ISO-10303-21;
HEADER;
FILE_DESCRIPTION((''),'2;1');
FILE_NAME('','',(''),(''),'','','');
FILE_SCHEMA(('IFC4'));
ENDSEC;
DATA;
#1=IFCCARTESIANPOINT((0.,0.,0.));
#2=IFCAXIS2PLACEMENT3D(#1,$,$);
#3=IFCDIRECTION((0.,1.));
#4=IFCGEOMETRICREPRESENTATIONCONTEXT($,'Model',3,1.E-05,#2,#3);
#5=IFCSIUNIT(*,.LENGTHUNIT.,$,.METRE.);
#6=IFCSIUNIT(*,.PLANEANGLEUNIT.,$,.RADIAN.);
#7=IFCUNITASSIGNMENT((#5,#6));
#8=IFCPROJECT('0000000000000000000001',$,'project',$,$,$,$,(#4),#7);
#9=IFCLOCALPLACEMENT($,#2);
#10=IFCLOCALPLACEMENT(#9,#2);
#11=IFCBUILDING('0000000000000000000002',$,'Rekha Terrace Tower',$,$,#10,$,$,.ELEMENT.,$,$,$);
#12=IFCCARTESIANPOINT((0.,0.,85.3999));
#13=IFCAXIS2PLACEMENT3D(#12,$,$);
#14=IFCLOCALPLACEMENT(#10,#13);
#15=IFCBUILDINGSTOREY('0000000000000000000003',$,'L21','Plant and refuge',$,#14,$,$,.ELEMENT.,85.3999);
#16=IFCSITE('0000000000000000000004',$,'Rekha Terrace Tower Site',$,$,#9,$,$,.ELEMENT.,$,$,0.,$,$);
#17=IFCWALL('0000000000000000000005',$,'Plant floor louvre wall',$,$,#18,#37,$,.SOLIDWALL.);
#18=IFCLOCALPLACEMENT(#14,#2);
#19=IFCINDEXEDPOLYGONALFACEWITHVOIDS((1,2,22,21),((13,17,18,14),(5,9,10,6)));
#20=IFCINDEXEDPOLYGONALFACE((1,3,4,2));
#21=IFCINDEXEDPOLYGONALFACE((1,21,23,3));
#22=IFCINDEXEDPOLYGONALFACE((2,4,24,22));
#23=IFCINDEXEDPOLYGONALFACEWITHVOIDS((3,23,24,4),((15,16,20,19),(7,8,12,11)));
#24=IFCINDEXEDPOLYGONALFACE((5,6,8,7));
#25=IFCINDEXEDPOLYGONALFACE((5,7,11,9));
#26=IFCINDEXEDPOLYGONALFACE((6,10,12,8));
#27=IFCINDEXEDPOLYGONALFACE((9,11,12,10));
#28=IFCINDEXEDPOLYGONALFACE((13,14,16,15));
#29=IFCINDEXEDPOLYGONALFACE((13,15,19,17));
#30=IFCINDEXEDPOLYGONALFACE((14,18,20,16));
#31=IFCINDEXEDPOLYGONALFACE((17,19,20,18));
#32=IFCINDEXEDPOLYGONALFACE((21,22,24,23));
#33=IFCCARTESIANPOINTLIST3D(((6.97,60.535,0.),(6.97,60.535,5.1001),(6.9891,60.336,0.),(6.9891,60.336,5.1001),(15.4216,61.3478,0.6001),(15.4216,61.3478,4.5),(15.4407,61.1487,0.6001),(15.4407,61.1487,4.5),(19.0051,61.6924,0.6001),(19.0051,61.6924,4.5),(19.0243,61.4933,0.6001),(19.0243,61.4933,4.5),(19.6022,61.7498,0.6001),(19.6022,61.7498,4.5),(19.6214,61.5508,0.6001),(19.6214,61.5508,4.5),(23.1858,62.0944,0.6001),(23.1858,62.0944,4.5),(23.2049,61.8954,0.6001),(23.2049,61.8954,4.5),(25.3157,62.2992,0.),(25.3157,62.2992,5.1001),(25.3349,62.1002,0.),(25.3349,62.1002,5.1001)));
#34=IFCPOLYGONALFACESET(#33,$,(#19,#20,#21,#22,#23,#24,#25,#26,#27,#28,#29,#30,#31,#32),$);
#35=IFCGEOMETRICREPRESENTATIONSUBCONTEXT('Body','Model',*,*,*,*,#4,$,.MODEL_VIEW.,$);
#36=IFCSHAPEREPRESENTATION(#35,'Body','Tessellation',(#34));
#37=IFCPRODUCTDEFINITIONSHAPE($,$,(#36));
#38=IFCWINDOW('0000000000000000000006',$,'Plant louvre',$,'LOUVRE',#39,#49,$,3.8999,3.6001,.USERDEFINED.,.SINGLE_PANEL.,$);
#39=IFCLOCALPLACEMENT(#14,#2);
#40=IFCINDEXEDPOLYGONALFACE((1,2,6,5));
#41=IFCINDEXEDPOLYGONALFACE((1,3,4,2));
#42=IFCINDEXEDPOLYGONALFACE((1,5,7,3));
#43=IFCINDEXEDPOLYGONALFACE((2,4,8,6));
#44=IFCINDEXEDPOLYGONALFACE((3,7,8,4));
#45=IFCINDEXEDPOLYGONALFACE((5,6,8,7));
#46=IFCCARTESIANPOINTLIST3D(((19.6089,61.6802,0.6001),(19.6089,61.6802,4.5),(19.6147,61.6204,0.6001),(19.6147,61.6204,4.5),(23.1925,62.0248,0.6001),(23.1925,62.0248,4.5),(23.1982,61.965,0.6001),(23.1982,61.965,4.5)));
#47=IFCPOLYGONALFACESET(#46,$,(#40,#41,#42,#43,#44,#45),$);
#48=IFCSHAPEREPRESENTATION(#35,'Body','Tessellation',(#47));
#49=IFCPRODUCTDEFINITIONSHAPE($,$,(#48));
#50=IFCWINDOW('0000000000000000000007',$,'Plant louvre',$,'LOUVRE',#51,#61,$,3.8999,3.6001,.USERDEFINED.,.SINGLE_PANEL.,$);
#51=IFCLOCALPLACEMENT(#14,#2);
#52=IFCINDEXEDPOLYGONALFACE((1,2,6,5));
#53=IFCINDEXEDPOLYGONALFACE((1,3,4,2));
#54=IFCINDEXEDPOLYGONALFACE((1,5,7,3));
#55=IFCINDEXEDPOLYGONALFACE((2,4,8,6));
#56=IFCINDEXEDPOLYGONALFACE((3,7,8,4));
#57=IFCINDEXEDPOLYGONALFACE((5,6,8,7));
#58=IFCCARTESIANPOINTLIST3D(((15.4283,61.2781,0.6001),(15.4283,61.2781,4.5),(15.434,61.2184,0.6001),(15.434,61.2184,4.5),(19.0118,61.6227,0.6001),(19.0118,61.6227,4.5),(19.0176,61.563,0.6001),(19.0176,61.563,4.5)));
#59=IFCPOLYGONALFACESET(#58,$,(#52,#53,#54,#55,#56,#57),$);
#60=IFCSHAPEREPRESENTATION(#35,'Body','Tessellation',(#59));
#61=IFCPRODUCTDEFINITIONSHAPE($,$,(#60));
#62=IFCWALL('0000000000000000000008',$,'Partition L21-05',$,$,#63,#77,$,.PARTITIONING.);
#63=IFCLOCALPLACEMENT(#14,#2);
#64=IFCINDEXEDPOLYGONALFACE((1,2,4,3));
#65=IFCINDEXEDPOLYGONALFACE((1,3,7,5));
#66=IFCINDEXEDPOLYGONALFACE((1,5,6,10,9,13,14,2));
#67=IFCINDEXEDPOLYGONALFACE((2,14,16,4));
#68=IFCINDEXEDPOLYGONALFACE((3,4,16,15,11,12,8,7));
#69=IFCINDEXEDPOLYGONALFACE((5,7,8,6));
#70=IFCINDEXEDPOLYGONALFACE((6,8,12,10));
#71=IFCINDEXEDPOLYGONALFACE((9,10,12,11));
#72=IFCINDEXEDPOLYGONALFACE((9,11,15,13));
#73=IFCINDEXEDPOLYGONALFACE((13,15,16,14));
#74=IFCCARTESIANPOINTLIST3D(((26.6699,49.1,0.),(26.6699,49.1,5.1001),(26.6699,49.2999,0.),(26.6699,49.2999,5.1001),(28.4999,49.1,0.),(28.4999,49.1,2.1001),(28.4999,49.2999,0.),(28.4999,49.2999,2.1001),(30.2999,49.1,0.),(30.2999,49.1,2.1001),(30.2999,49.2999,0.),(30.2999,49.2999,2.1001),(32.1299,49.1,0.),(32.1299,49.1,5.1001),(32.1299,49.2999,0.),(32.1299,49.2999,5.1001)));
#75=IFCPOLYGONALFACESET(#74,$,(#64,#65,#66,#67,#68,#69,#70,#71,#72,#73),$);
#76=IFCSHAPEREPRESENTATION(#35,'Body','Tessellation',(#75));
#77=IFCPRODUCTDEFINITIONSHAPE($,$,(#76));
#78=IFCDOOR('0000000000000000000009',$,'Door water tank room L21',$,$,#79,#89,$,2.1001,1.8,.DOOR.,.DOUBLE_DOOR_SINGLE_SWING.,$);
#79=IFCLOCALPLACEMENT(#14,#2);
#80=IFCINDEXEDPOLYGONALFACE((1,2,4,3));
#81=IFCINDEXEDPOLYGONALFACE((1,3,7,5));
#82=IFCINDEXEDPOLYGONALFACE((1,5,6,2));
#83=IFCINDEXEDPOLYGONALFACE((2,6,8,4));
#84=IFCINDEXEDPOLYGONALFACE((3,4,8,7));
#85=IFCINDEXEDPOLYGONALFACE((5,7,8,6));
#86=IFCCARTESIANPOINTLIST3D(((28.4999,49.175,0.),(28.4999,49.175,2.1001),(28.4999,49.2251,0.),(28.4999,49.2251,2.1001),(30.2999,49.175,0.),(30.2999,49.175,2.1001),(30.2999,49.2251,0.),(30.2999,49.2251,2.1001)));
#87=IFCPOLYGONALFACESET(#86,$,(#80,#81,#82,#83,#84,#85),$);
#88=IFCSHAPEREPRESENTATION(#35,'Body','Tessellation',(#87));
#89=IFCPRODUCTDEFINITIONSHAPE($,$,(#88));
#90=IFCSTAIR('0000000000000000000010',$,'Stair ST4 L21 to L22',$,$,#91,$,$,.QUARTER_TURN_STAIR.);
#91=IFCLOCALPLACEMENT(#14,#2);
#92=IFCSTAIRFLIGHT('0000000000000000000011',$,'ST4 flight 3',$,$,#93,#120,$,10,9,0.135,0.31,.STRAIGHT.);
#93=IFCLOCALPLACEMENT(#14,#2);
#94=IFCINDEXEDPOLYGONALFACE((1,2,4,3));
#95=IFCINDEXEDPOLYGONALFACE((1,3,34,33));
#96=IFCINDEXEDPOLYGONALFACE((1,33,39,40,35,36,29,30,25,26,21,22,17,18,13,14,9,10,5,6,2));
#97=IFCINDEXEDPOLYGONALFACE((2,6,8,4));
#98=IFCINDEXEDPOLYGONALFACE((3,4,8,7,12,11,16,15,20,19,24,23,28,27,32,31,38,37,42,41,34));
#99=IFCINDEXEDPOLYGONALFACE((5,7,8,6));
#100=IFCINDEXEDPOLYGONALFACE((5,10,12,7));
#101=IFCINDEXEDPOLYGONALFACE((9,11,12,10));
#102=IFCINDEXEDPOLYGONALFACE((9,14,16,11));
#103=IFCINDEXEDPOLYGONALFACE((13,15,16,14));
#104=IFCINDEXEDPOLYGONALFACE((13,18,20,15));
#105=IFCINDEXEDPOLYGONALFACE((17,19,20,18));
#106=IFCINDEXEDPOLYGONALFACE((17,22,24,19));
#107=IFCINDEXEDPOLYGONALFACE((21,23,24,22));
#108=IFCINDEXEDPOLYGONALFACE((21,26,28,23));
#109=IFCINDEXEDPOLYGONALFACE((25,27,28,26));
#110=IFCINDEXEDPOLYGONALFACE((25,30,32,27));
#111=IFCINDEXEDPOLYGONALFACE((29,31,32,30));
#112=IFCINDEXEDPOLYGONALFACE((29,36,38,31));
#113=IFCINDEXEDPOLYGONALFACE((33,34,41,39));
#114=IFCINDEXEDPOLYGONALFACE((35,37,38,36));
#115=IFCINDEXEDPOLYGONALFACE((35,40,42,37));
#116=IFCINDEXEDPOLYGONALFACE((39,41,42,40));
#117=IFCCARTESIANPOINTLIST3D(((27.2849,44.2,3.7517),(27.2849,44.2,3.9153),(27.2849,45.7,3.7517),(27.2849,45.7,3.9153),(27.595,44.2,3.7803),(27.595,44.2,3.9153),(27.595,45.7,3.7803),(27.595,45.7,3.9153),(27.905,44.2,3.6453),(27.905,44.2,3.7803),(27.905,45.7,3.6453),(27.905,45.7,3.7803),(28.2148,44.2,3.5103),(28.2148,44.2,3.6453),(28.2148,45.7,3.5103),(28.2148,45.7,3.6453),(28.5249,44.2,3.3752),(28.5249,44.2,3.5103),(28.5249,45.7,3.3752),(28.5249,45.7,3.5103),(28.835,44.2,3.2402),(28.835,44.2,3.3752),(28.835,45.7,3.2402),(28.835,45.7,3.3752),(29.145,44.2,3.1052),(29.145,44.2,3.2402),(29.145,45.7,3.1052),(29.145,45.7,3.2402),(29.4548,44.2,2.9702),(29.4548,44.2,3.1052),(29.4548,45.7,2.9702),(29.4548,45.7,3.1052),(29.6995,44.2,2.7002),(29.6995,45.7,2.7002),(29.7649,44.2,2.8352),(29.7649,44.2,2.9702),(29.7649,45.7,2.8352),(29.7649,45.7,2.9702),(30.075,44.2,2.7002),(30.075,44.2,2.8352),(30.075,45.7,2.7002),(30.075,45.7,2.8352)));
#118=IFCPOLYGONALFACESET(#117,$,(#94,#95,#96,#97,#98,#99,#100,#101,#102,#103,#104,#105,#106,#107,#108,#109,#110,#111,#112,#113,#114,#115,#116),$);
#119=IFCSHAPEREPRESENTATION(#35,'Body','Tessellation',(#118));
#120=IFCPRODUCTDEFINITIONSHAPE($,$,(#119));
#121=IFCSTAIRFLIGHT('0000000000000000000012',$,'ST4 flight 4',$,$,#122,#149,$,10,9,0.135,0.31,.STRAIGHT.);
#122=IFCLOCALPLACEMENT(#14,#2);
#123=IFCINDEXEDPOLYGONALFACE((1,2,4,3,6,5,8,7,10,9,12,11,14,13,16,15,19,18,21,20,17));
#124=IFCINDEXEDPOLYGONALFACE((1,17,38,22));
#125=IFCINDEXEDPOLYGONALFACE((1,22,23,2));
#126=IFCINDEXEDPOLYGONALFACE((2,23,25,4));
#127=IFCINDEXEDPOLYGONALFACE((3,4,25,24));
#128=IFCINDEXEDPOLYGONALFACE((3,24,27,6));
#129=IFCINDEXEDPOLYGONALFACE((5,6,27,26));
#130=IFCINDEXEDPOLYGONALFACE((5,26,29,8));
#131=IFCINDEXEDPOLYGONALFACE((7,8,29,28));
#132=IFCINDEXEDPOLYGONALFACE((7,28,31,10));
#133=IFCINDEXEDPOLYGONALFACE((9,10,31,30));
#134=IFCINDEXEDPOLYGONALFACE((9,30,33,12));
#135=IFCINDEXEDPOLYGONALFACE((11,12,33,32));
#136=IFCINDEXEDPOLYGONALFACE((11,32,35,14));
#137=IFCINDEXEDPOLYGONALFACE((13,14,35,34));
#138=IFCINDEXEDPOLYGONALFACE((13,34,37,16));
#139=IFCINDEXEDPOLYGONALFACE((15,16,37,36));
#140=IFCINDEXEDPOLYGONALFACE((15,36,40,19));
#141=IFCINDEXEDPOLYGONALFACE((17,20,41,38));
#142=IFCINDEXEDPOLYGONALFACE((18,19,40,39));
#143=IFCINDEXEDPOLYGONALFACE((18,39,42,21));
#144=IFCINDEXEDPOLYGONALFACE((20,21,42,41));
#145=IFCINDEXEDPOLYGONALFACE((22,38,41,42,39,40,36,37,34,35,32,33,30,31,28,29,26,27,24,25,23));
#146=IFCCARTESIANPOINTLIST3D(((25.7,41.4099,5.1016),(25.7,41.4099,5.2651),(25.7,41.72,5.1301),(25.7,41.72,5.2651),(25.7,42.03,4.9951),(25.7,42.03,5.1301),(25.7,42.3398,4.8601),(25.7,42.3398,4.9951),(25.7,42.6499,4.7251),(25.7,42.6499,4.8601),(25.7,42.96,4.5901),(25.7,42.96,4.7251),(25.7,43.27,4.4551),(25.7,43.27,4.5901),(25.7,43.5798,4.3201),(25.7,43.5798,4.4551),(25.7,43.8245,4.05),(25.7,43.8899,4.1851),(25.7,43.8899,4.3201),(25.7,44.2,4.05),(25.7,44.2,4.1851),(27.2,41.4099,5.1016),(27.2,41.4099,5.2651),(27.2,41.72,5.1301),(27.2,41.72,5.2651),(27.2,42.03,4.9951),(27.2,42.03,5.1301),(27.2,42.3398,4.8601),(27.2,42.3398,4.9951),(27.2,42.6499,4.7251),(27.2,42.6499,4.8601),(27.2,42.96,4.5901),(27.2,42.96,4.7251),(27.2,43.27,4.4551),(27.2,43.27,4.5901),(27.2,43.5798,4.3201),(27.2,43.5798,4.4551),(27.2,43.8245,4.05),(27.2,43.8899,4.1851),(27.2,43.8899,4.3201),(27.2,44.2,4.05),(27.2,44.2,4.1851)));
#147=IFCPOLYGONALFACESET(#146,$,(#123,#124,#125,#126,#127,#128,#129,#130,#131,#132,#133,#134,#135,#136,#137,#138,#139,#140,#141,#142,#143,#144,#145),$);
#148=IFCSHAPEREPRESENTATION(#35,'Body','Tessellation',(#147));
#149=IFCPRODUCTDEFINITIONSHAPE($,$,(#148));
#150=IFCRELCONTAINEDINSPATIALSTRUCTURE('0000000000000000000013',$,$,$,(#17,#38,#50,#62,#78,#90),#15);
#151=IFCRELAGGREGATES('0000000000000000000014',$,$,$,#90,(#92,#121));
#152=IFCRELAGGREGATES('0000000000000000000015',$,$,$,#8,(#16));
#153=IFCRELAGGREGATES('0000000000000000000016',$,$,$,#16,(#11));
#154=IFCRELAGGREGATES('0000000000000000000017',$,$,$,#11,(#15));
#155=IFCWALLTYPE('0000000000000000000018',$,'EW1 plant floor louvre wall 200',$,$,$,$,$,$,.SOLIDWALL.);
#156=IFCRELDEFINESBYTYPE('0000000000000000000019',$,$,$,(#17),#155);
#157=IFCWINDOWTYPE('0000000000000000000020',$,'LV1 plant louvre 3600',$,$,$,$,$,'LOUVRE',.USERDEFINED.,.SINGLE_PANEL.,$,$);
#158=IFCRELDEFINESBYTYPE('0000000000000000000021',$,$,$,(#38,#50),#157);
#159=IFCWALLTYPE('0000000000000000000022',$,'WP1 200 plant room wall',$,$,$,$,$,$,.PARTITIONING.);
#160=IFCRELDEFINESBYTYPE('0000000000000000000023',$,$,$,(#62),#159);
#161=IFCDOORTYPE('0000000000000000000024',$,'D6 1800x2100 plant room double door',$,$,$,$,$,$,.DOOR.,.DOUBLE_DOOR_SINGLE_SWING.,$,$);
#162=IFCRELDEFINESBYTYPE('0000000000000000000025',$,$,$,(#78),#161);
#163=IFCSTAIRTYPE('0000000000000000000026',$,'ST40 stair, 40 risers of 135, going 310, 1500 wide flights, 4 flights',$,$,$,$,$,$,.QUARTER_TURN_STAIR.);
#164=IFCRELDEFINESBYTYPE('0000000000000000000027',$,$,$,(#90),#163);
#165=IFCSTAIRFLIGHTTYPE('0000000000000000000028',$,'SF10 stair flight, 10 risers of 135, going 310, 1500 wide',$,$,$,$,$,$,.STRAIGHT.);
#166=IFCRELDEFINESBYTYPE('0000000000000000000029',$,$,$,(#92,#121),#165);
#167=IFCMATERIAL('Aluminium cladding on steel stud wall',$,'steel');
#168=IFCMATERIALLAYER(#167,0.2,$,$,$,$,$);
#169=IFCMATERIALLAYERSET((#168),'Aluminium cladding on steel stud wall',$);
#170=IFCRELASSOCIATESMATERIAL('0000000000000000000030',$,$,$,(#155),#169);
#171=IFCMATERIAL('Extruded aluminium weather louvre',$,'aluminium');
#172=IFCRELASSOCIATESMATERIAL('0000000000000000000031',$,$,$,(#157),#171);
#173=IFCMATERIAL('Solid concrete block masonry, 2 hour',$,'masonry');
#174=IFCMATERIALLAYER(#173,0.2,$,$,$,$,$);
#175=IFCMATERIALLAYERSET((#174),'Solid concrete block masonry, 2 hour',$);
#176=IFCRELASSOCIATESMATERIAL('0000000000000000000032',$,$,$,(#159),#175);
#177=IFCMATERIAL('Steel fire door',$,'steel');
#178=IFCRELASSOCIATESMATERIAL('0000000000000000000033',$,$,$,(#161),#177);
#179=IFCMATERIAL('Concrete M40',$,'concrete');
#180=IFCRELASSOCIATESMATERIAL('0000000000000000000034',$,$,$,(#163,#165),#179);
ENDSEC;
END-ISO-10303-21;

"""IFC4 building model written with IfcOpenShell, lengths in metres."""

from ifc_helpers import new_model, si_unit, direction, frame, frame_2d, origin, place, context, subcontext, project, spatial, polyline, rectangle, outline, extrude, material, layer, layer_set, type_object, element, fill, aggregate, save


model = new_model("IFC4")

# Units and contexts
model_context = context("Model", 3, precision=1e-05, world=origin(), true_north=direction((0.0, 1.0)))
body_context = subcontext(model_context, "Body", "Model", "MODEL_VIEW")
ifc_project = project(units=[si_unit("LENGTHUNIT", "METRE"), si_unit("PLANEANGLEUNIT", "RADIAN")], contexts=[model_context])

# Site, building, storey
site_placement = place(None, origin())
site = spatial("IfcSite", under=ifc_project, at=site_placement, Name="Rekha Terrace Tower Site", CompositionType="ELEMENT", RefElevation=0.0)
building_placement = place(site_placement, origin())
building = spatial("IfcBuilding", under=site, at=building_placement, Name="Rekha Terrace Tower", CompositionType="ELEMENT")
storey_placement = place(building_placement, frame((0.0, 0.0, 85.3999)))
storey = spatial("IfcBuildingStorey", under=building, at=storey_placement, Name="L21", Description="Plant and refuge", CompositionType="ELEMENT", Elevation=85.3999)

# Wall, openings, windows
ifc_material_1 = material(Name="Aluminium cladding on steel stud wall", Category="steel")
ifc_layer_1 = layer(ifc_material_1, 0.2)
ifc_layer_set_1 = layer_set([ifc_layer_1], Name="Aluminium cladding on steel stud wall")
wall_type_1 = type_object("IfcWallType", Name="EW1 plant floor louvre wall 200", PredefinedType="SOLIDWALL", material=ifc_layer_set_1)
wall_1_placement = place(storey_placement, frame((25.3254, 62.1997, 0.0), z_axis=(0.0, 0.0, 1.0), x_axis=(-0.995408, -0.09572, 0.0)))
wall_1 = element("IfcWall", 1, at=wall_1_placement, inside=storey, type_object=wall_type_1, Name="Plant floor louvre wall", PredefinedType="SOLIDWALL", context=body_context, shape_type="SweptSolid", body=[
    extrude(rectangle(XDim=18.4304, YDim=0.2, at=frame_2d((9.2153, 0.0))), origin(), (0.0, 0.0, 1.0), 5.1001),
])
opening_1_placement = place(wall_1_placement, frame((2.1399, 0.0, 0.6001)))
opening_1 = element("IfcOpeningElement", 2, at=opening_1_placement, cuts=wall_1, PredefinedType="OPENING", context=body_context, shape_type="SweptSolid", body=[
    extrude(rectangle(XDim=3.6001, YDim=3.8999, at=frame_2d((1.8, 1.95))), frame((0.0, 0.1099, 0.0), z_axis=(0.0, -1.0, 0.0), x_axis=(1.0, 0.0, 0.0)), (0.0, 0.0, 1.0), 0.22),
])
opening_2_placement = place(wall_1_placement, frame((6.3398, 0.0, 0.6001)))
opening_2 = element("IfcOpeningElement", 3, at=opening_2_placement, cuts=wall_1, PredefinedType="OPENING", context=body_context, shape_type="SweptSolid", body=[
    extrude(rectangle(XDim=3.6001, YDim=3.8999, at=frame_2d((1.8, 1.95))), frame((0.0, 0.1099, 0.0), z_axis=(0.0, -1.0, 0.0), x_axis=(1.0, 0.0, 0.0)), (0.0, 0.0, 1.0), 0.22),
])
ifc_material_2 = material(Name="Extruded aluminium weather louvre", Category="aluminium")
window_type = type_object("IfcWindowType", Name="LV1 plant louvre 3600", ElementType="LOUVRE", PartitioningType="SINGLE_PANEL", PredefinedType="USERDEFINED", material=ifc_material_2)
window_1_placement = place(opening_1_placement, origin())
window_1 = element("IfcWindow", 4, at=window_1_placement, inside=storey, type_object=window_type, Name="Plant louvre", ObjectType="LOUVRE", OverallHeight=3.8999, OverallWidth=3.6001, PartitioningType="SINGLE_PANEL", PredefinedType="USERDEFINED", context=body_context, shape_type="SweptSolid", body=[
    extrude(rectangle(XDim=3.6001, YDim=3.8999, at=frame_2d((1.8, 1.95))), frame((0.0, 0.03, 0.0), z_axis=(0.0, -1.0, 0.0), x_axis=(1.0, 0.0, 0.0)), (0.0, 0.0, 1.0), 0.0601),
])
fill(opening_1, window_1)
window_2_placement = place(opening_2_placement, origin())
window_2 = element("IfcWindow", 5, at=window_2_placement, inside=storey, type_object=window_type, Name="Plant louvre", ObjectType="LOUVRE", OverallHeight=3.8999, OverallWidth=3.6001, PartitioningType="SINGLE_PANEL", PredefinedType="USERDEFINED", context=body_context, shape_type="SweptSolid", body=[
    extrude(rectangle(XDim=3.6001, YDim=3.8999, at=frame_2d((1.8, 1.95))), frame((0.0, 0.03, 0.0), z_axis=(0.0, -1.0, 0.0), x_axis=(1.0, 0.0, 0.0)), (0.0, 0.0, 1.0), 0.0601),
])
fill(opening_2, window_2)

# Wall, opening, door
ifc_material_3 = material(Name="Solid concrete block masonry, 2 hour", Category="masonry")
ifc_layer_2 = layer(ifc_material_3, 0.2)
ifc_layer_set_2 = layer_set([ifc_layer_2], Name="Solid concrete block masonry, 2 hour")
wall_type_2 = type_object("IfcWallType", Name="WP1 200 plant room wall", PredefinedType="PARTITIONING", material=ifc_layer_set_2)
wall_2_placement = place(storey_placement, frame((32.1299, 49.2, 0.0), z_axis=(0.0, 0.0, 1.0), x_axis=(-1.0, 0.0, 0.0)))
wall_2 = element("IfcWall", 6, at=wall_2_placement, inside=storey, type_object=wall_type_2, Name="Partition L21-05", PredefinedType="PARTITIONING", context=body_context, shape_type="SweptSolid", body=[
    extrude(rectangle(XDim=5.46, YDim=0.2, at=frame_2d((2.73, 0.0))), origin(), (0.0, 0.0, 1.0), 5.1001),
])
opening_3_placement = place(wall_2_placement, frame((1.8301, 0.0, 0.0)))
opening_3 = element("IfcOpeningElement", 7, at=opening_3_placement, cuts=wall_2, PredefinedType="OPENING", context=body_context, shape_type="SweptSolid", body=[
    extrude(rectangle(XDim=1.8, YDim=2.1001, at=frame_2d((0.8999, 1.05))), frame((0.0, 0.1099, 0.0), z_axis=(0.0, -1.0, 0.0), x_axis=(1.0, 0.0, 0.0)), (0.0, 0.0, 1.0), 0.22),
])
ifc_material_4 = material(Name="Steel fire door", Category="steel")
door_type = type_object("IfcDoorType", Name="D6 1800x2100 plant room double door", OperationType="DOUBLE_DOOR_SINGLE_SWING", PredefinedType="DOOR", material=ifc_material_4)
door_placement = place(opening_3_placement, origin())
door = element("IfcDoor", 8, at=door_placement, inside=storey, type_object=door_type, Name="Door water tank room L21", OperationType="DOUBLE_DOOR_SINGLE_SWING", OverallHeight=2.1001, OverallWidth=1.8, PredefinedType="DOOR", context=body_context, shape_type="SweptSolid", body=[
    extrude(rectangle(XDim=1.8, YDim=2.1001, at=frame_2d((0.8999, 1.05))), frame((0.0, 0.0249, 0.0), z_axis=(0.0, -1.0, 0.0), x_axis=(1.0, 0.0, 0.0)), (0.0, 0.0, 1.0), 0.05),
])
fill(opening_3, door)

# Stair, stair flights
ifc_material_5 = material(Name="Concrete M40", Category="concrete")
stair_type = type_object("IfcStairType", Name="ST40 stair, 40 risers of 135, going 310, 1500 wide flights, 4 flights", PredefinedType="QUARTER_TURN_STAIR", material=ifc_material_5)
stair_placement = place(storey_placement, origin())
stair = element("IfcStair", 9, at=stair_placement, inside=storey, type_object=stair_type, Name="Stair ST4 L21 to L22", PredefinedType="QUARTER_TURN_STAIR")
stair_flight_type = type_object("IfcStairFlightType", Name="SF10 stair flight, 10 risers of 135, going 310, 1500 wide", PredefinedType="STRAIGHT", material=ifc_material_5)
stair_flight_1_placement = place(storey_placement, frame((30.075, 44.95, 2.7002), z_axis=(0.0, 0.0, 1.0), x_axis=(-1.0, 0.0, 0.0)))
stair_flight_1 = element("IfcStairFlight", 10, at=stair_flight_1_placement, type_object=stair_flight_type, Name="ST4 flight 3", NumberOfRisers=10, NumberOfTreads=9, PredefinedType="STRAIGHT", RiserHeight=0.135, TreadLength=0.31, context=body_context, shape_type="SweptSolid", body=[
    extrude(outline(polyline([(0.0, 0.0), (0.0, 0.135), (0.3101, 0.135), (0.3101, 0.27), (0.6201, 0.27), (0.6201, 0.405), (0.9299, 0.405), (0.9299, 0.54), (1.24, 0.54), (1.24, 0.675), (1.55, 0.675), (1.55, 0.8101), (1.8601, 0.8101), (1.8601, 0.9451), (2.1699, 0.9451), (2.1699, 1.0801), (2.48, 1.0801), (2.48, 1.2151), (2.79, 1.2151), (2.79, 1.3501), (2.79, 1.0515), (0.3755, 0.0), (0.0, 0.0)])), frame((0.0, 0.75, 0.0), z_axis=(0.0, -1.0, 0.0), x_axis=(1.0, 0.0, 0.0)), (0.0, 0.0, 1.0), 1.5),
])
stair_flight_2_placement = place(storey_placement, frame((26.45, 44.2, 4.05), z_axis=(0.0, 0.0, 1.0), x_axis=(0.0, -1.0, 0.0)))
stair_flight_2 = element("IfcStairFlight", 11, at=stair_flight_2_placement, type_object=stair_flight_type, Name="ST4 flight 4", NumberOfRisers=10, NumberOfTreads=9, PredefinedType="STRAIGHT", RiserHeight=0.135, TreadLength=0.31, context=body_context, shape_type="SweptSolid", body=[
    extrude(outline(polyline([(0.0, 0.0), (0.0, 0.135), (0.3101, 0.135), (0.3101, 0.27), (0.6201, 0.27), (0.6201, 0.405), (0.9299, 0.405), (0.9299, 0.54), (1.24, 0.54), (1.24, 0.675), (1.55, 0.675), (1.55, 0.8101), (1.8601, 0.8101), (1.8601, 0.9451), (2.1699, 0.9451), (2.1699, 1.0801), (2.48, 1.0801), (2.48, 1.2151), (2.79, 1.2151), (2.79, 1.3501), (2.79, 1.0515), (0.3755, 0.0), (0.0, 0.0)])), frame((0.0, 0.75, 0.0), z_axis=(0.0, -1.0, 0.0), x_axis=(1.0, 0.0, 0.0)), (0.0, 0.0, 1.0), 1.5),
])
aggregate(stair, [stair_flight_1, stair_flight_2])

save(model, "model.ifc")
